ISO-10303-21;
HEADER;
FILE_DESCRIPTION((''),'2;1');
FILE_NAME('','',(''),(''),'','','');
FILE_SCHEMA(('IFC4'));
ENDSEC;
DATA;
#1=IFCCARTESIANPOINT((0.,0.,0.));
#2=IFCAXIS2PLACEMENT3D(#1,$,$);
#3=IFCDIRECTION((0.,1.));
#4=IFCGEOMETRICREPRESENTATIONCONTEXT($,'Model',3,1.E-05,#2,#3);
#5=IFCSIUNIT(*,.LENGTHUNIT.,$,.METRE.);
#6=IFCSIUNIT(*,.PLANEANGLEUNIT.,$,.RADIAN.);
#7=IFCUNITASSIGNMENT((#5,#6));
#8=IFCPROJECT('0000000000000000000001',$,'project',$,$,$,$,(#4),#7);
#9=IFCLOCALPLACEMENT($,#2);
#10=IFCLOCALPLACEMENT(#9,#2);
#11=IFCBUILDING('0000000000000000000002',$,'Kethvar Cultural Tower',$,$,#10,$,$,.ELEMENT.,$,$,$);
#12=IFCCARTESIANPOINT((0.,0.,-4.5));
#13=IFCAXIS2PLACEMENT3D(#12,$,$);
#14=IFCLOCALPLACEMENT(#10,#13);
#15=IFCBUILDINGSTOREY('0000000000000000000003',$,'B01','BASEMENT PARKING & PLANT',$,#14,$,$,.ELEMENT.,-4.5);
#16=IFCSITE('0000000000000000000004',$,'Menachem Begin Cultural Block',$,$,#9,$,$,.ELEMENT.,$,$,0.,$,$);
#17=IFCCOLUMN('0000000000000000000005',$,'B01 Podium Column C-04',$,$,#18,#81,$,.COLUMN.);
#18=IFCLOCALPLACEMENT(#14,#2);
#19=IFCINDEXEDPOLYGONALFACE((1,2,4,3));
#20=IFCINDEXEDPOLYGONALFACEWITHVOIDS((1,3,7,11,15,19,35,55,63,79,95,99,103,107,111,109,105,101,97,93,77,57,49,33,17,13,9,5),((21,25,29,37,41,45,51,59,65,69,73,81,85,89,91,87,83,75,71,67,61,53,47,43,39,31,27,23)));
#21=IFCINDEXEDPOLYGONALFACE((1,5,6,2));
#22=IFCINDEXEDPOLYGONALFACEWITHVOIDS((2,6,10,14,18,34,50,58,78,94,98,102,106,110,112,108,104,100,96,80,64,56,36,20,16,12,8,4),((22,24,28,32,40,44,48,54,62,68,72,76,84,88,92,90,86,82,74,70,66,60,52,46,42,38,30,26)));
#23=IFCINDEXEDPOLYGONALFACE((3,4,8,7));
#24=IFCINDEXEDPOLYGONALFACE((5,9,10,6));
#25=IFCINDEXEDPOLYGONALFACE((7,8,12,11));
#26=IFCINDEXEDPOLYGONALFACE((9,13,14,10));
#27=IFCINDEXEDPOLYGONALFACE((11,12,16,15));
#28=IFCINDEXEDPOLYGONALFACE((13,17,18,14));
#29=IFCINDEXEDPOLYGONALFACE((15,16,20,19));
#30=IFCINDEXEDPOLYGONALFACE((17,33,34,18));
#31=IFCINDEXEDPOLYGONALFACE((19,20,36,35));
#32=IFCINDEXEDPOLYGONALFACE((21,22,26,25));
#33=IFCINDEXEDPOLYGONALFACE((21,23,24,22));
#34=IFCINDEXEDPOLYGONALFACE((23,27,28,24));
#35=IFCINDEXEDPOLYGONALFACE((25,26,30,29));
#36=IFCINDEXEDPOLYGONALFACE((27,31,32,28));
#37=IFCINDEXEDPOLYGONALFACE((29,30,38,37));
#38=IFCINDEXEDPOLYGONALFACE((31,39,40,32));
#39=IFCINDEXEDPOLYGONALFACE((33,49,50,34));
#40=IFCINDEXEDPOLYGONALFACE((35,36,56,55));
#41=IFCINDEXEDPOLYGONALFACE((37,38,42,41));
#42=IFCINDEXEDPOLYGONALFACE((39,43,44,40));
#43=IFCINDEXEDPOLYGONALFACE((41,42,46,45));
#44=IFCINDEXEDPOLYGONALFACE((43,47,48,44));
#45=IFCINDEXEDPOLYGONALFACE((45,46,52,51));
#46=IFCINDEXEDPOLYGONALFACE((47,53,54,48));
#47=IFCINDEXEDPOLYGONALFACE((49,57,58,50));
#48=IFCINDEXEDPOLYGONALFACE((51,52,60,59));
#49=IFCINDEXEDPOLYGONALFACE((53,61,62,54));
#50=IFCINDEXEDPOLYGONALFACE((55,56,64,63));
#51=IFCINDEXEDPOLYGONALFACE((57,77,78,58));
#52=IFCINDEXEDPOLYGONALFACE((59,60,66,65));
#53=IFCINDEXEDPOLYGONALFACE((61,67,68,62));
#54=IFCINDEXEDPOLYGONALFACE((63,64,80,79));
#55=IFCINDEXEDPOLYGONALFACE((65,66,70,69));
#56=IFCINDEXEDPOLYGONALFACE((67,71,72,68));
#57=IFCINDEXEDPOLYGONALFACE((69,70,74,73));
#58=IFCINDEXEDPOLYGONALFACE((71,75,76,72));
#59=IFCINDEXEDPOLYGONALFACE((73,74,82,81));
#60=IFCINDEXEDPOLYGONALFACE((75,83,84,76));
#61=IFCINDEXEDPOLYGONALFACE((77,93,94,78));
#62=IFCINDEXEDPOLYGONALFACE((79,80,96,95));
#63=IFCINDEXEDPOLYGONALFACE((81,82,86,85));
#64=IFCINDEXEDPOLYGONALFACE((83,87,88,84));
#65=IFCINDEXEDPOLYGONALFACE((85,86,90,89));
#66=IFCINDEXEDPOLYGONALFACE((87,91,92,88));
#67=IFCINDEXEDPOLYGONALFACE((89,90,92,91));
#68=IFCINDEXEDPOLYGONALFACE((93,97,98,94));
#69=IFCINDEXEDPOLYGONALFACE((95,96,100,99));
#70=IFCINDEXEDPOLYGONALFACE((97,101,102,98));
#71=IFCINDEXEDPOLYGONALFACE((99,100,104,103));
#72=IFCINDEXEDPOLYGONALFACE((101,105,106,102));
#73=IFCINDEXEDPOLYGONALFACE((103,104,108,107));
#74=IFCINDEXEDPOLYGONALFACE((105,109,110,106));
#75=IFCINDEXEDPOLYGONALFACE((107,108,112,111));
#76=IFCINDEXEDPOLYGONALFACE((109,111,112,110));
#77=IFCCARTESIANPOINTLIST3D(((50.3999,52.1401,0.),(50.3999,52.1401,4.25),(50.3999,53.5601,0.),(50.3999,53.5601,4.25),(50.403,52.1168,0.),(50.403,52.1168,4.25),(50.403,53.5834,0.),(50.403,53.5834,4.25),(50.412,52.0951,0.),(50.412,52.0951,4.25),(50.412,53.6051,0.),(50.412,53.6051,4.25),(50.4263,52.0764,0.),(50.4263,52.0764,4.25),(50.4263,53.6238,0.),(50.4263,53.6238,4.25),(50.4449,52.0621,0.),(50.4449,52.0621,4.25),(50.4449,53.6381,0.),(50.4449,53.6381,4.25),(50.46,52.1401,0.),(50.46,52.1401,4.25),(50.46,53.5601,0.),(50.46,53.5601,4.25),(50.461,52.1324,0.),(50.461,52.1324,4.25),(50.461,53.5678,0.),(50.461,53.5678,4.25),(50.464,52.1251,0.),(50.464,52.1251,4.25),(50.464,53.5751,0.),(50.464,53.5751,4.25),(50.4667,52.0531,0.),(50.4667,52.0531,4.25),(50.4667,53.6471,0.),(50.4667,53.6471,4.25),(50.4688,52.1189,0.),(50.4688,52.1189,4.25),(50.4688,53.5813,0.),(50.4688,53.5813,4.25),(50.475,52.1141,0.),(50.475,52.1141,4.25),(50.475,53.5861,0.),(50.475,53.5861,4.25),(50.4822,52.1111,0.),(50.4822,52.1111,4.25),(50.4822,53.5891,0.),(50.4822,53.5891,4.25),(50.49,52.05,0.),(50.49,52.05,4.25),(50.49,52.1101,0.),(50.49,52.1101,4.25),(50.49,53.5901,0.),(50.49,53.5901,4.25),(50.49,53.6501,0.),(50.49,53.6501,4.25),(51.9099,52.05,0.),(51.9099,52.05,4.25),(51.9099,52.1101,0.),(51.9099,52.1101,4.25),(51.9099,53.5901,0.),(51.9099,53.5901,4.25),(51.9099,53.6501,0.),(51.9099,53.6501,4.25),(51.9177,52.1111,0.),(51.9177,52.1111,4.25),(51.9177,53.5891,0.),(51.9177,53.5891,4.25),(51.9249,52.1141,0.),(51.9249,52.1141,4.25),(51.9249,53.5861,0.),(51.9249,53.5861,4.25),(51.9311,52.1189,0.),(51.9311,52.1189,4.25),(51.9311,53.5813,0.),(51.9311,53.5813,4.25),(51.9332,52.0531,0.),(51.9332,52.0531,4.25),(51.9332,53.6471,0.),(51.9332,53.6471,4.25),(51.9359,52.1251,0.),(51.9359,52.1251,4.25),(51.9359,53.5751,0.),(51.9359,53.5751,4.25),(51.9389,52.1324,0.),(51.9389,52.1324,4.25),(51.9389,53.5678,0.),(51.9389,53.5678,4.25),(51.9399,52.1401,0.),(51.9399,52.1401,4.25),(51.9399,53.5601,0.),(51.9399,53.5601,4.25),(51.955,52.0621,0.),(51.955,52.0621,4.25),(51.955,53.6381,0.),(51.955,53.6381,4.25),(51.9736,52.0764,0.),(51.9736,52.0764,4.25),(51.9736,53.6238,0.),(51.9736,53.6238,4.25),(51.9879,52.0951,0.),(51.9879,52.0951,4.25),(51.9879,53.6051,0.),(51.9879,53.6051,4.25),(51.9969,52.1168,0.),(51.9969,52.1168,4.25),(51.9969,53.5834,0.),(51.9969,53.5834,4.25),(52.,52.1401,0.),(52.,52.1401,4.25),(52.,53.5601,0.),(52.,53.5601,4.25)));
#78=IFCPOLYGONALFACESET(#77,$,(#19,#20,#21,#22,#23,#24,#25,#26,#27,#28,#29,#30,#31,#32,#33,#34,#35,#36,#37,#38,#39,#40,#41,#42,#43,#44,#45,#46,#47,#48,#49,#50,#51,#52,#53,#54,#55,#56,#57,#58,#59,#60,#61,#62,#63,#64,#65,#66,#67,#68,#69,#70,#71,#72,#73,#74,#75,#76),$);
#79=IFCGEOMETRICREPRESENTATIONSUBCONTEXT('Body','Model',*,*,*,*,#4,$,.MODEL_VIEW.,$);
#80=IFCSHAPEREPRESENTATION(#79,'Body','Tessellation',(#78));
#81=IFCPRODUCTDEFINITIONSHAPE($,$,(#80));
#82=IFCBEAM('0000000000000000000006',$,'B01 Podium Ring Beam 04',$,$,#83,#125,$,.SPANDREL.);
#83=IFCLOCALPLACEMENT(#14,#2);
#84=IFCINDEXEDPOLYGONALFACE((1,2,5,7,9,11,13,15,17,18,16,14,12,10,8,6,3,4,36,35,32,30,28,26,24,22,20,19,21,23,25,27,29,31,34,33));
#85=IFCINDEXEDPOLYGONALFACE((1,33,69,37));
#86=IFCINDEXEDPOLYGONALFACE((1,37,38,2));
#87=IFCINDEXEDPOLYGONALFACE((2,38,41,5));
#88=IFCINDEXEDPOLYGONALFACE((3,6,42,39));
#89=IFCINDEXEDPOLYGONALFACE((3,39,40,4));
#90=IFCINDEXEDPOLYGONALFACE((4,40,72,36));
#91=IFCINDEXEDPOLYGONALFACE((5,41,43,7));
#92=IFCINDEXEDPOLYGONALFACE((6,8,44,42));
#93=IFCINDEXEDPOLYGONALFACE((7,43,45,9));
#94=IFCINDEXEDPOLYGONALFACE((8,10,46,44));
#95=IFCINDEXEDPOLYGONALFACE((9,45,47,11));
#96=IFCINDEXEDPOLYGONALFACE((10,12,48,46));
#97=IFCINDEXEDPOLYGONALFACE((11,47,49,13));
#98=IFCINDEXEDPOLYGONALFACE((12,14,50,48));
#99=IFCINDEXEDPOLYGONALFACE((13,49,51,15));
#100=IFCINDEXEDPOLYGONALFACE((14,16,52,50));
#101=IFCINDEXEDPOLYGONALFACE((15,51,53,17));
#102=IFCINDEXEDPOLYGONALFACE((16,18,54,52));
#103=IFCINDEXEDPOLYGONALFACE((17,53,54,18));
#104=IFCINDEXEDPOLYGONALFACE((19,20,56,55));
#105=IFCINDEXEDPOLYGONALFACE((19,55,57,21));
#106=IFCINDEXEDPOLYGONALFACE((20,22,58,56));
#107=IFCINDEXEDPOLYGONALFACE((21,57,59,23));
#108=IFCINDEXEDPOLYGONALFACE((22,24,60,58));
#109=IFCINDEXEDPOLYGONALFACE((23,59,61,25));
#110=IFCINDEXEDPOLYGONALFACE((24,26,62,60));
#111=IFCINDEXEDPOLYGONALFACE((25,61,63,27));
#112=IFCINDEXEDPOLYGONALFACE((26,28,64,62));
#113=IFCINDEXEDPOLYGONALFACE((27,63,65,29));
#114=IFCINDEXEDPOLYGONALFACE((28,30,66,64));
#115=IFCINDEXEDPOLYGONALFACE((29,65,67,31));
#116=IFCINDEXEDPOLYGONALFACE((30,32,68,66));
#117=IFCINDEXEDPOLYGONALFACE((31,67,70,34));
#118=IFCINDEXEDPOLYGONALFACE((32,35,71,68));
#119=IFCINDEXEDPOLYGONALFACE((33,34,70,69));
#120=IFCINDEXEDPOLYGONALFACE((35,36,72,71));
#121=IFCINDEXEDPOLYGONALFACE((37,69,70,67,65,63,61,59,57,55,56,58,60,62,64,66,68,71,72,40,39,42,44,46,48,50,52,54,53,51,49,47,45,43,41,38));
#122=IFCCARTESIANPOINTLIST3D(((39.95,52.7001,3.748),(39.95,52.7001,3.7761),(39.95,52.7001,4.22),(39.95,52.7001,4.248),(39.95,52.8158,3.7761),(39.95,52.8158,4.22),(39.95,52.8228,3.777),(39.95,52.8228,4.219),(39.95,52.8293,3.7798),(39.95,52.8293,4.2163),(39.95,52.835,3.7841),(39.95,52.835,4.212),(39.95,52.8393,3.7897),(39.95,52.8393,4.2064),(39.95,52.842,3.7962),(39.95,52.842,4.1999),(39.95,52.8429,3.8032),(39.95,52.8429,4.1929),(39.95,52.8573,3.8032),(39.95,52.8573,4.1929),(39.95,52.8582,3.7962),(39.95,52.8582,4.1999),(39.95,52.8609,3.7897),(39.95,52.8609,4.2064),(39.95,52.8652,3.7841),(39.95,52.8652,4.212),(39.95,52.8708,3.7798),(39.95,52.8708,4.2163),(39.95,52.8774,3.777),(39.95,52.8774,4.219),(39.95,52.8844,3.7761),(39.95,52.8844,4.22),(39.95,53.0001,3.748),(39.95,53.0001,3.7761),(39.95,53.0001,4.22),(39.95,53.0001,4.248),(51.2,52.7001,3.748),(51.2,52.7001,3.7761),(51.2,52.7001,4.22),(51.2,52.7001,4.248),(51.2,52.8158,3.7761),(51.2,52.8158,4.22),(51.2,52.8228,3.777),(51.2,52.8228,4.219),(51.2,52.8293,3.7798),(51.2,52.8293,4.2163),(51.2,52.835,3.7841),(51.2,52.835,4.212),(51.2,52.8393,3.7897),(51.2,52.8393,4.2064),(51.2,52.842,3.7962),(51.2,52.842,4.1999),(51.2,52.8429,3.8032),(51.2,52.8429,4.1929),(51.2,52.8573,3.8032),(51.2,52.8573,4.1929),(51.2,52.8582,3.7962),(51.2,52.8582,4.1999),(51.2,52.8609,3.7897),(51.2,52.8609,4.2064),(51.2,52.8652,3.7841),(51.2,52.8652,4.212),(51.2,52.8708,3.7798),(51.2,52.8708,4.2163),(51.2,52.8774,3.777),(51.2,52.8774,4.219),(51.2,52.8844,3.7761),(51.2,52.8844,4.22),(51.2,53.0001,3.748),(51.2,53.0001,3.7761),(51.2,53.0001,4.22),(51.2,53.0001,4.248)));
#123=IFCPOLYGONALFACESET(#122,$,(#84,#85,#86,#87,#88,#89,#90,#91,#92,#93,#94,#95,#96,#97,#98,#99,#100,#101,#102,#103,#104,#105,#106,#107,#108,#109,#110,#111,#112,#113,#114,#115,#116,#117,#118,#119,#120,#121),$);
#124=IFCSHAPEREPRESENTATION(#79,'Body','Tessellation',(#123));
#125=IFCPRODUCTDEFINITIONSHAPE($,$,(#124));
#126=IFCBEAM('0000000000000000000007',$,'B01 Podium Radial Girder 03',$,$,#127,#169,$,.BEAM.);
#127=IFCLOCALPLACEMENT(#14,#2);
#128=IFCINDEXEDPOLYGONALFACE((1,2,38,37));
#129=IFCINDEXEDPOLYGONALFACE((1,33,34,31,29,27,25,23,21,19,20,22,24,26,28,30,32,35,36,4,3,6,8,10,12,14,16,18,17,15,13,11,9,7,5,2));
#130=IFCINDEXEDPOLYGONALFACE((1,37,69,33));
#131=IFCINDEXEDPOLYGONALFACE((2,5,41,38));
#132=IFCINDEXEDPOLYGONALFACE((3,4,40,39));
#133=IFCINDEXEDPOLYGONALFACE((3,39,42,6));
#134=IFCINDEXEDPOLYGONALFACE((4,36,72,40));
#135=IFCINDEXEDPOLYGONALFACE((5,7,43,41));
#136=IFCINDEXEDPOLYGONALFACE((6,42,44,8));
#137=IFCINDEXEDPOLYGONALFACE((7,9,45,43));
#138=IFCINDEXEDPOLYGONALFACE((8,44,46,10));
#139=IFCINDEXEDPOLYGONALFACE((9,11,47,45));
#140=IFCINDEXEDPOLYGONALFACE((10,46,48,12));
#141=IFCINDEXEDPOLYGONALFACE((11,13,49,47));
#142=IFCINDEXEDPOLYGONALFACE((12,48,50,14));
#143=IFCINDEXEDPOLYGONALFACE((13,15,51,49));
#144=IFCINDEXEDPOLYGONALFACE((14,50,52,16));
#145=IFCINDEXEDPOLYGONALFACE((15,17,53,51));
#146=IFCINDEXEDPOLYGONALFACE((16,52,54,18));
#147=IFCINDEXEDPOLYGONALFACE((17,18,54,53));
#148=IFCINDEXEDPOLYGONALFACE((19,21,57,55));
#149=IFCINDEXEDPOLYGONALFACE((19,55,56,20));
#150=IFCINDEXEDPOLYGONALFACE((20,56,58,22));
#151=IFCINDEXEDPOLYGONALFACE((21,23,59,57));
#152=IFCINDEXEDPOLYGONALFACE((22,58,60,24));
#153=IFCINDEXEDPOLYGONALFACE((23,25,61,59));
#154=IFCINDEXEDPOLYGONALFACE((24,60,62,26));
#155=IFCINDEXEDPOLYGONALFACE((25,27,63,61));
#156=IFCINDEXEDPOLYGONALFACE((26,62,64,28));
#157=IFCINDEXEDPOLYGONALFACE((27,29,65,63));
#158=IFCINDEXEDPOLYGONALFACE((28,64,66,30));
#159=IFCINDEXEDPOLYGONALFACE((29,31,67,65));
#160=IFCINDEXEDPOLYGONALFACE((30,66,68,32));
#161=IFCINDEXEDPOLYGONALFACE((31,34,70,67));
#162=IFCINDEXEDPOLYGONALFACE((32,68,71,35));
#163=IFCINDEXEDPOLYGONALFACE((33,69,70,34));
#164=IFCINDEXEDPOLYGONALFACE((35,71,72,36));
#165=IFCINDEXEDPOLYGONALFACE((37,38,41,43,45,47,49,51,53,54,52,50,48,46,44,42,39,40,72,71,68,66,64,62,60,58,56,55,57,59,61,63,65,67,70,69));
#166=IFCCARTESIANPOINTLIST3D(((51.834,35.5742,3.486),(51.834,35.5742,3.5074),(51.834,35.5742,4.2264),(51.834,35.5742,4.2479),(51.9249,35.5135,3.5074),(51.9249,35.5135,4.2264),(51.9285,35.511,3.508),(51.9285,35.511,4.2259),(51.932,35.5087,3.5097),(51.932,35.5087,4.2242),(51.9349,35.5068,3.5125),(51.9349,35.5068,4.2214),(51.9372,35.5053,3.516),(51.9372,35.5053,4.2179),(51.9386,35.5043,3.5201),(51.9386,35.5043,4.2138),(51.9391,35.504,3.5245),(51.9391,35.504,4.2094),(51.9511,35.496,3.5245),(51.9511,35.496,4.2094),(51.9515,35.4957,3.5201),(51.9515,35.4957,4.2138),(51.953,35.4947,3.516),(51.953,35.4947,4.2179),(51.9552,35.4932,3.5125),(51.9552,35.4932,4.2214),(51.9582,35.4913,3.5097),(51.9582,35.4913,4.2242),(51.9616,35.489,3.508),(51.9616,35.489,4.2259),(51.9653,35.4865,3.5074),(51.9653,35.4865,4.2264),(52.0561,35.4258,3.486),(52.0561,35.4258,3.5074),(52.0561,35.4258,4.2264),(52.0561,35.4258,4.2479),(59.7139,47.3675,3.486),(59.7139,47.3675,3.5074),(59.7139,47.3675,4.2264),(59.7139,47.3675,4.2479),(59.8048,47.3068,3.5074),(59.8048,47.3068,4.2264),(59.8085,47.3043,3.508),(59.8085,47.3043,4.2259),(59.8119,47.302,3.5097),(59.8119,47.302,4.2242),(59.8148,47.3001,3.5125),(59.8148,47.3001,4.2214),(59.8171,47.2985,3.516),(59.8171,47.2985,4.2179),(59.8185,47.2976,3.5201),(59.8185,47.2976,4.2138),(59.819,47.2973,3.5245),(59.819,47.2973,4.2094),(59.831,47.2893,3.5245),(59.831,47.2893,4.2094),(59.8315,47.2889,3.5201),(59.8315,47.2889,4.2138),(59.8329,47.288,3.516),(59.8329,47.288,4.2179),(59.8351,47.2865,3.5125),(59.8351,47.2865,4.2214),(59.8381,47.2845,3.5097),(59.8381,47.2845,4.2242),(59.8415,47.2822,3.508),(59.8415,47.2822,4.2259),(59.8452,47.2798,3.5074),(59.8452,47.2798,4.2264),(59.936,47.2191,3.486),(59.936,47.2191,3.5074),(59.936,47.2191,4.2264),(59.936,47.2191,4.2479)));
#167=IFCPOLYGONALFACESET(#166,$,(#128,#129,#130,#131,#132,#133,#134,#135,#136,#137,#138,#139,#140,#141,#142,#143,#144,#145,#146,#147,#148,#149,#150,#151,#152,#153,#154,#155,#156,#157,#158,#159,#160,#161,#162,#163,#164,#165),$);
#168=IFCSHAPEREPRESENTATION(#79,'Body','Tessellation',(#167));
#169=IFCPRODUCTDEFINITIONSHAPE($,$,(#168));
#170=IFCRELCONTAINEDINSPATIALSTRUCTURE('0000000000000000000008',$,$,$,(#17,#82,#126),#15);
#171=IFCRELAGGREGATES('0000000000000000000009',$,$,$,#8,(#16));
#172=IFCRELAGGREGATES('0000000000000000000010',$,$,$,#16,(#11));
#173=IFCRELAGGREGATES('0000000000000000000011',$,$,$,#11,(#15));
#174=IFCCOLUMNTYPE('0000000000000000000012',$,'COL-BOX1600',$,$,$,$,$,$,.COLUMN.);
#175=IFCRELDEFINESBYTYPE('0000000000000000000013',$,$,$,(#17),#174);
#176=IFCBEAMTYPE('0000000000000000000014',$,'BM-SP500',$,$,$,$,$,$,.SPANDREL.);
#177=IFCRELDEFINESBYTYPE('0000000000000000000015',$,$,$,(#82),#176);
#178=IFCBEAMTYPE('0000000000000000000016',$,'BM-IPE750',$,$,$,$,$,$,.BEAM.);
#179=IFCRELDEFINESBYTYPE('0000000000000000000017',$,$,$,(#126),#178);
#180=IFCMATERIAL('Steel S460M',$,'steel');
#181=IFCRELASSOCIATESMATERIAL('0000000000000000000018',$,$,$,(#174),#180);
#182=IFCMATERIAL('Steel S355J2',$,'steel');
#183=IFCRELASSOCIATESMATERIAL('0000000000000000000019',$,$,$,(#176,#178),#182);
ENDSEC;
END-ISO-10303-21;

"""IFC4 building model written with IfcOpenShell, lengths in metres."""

from ifc_helpers import new_model, si_unit, direction, frame, origin, origin_2d, place, context, subcontext, project, spatial, hollow_rectangle, i_section, extrude, source, transform, mapped, material, material_profile, profile_set, type_object, element, save


model = new_model("IFC4")

# Units and contexts
model_context = context("Model", 3, precision=1e-05, world=origin(), true_north=direction((0.0, 1.0)))
body_context = subcontext(model_context, "Body", "Model", "MODEL_VIEW")
ifc_project = project(units=[si_unit("LENGTHUNIT", "METRE"), si_unit("PLANEANGLEUNIT", "RADIAN")], contexts=[model_context])

# Site, building, storey
site_placement = place(None, origin())
site = spatial("IfcSite", under=ifc_project, at=site_placement, Name="Menachem Begin Cultural Block", CompositionType="ELEMENT", RefElevation=0.0)
building_placement = place(site_placement, origin())
building = spatial("IfcBuilding", under=site, at=building_placement, Name="Kethvar Cultural Tower", CompositionType="ELEMENT")
storey_placement = place(building_placement, frame((0.0, 0.0, -4.5)))
storey = spatial("IfcBuildingStorey", under=building, at=storey_placement, Name="B01", Description="BASEMENT PARKING & PLANT", CompositionType="ELEMENT", Elevation=-4.5)

# Column
ifc_material_1 = material(Name="Steel S460M", Category="steel")
ifc_material_profile_1 = material_profile(ifc_material_1, hollow_rectangle(XDim=1.6001, YDim=1.6001, WallThickness=0.0601, InnerFilletRadius=0.03, OuterFilletRadius=0.0901, at=origin_2d()), Name="Steel S460M — BOX1600x1600x60")
ifc_profile_set_1 = profile_set([ifc_material_profile_1], Name="Steel S460M — BOX1600x1600x60")
column_type = type_object("IfcColumnType", Name="COL-BOX1600", PredefinedType="COLUMN", material=ifc_profile_set_1)
shared_shape_1 = source(origin(), body_context, "Body", "SweptSolid", [
    extrude(hollow_rectangle(XDim=1.6001, YDim=1.6001, WallThickness=0.0601, InnerFilletRadius=0.03, OuterFilletRadius=0.0901, at=origin_2d()), origin(), (0.0, 0.0, 1.0), 4.25),
])
column_placement = place(storey_placement, frame((51.2, 52.8501, 0.0), z_axis=(0.0, 0.0, 1.0), x_axis=(1.0, 0.0, 0.0)))
element("IfcColumn", 1, at=column_placement, inside=storey, type_object=column_type, Name="B01 Podium Column C-04", PredefinedType="COLUMN", context=body_context, shape_type="MappedRepresentation", body=[
    mapped(shared_shape_1, transform((0.0, 0.0, 0.0), scale=1.0)),
])

# Beams
ifc_material_2 = material(Name="Steel S355J2", Category="steel")
ifc_material_profile_2 = material_profile(ifc_material_2, i_section(OverallWidth=0.3, OverallDepth=0.5, WebThickness=0.0144, FlangeThickness=0.0281, FilletRadius=0.0271, at=origin_2d()), Name="Steel S355J2 — HEB500")
ifc_profile_set_2 = profile_set([ifc_material_profile_2], Name="Steel S355J2 — HEB500")
beam_type_1 = type_object("IfcBeamType", Name="BM-SP500", PredefinedType="SPANDREL", material=ifc_profile_set_2)
shared_shape_2 = source(origin(), body_context, "Body", "SweptSolid", [
    extrude(i_section(OverallWidth=0.3, OverallDepth=0.5, WebThickness=0.0144, FlangeThickness=0.0281, FilletRadius=0.0271, at=origin_2d()), origin(), (0.0, 0.0, 1.0), 11.25),
])
beam_1_placement = place(storey_placement, frame((51.2, 52.8501, 3.998), z_axis=(-1.0, 0.0, 0.0), x_axis=(0.0, -1.0, 0.0)))
element("IfcBeam", 2, at=beam_1_placement, inside=storey, type_object=beam_type_1, Name="B01 Podium Ring Beam 04", PredefinedType="SPANDREL", context=body_context, shape_type="MappedRepresentation", body=[
    mapped(shared_shape_2, transform((0.0, 0.0, 0.0), scale=1.0)),
])
ifc_material_profile_3 = material_profile(ifc_material_2, i_section(OverallWidth=0.2671, OverallDepth=0.762, WebThickness=0.0144, FlangeThickness=0.0215, FilletRadius=0.0171, at=origin_2d()), Name="Steel S355J2 — IPE750x173")
ifc_profile_set_3 = profile_set([ifc_material_profile_3], Name="Steel S355J2 — IPE750x173")
beam_type_2 = type_object("IfcBeamType", Name="BM-IPE750", PredefinedType="BEAM", material=ifc_profile_set_3)
shared_shape_3 = source(origin(), body_context, "Body", "SweptSolid", [
    extrude(i_section(OverallWidth=0.2671, OverallDepth=0.762, WebThickness=0.0144, FlangeThickness=0.0215, FilletRadius=0.0171, at=origin_2d()), origin(), (0.0, 0.0, 1.0), 14.1836),
])
beam_2_placement = place(storey_placement, frame((51.9451, 35.5, 3.8669), z_axis=(0.555566, 0.831473, 0.0), x_axis=(-0.831473, 0.555566, 0.0)))
element("IfcBeam", 3, at=beam_2_placement, inside=storey, type_object=beam_type_2, Name="B01 Podium Radial Girder 03", PredefinedType="BEAM", context=body_context, shape_type="MappedRepresentation", body=[
    mapped(shared_shape_3, transform((0.0, 0.0, 0.0), scale=1.0)),
])

save(model, "model.ifc")
